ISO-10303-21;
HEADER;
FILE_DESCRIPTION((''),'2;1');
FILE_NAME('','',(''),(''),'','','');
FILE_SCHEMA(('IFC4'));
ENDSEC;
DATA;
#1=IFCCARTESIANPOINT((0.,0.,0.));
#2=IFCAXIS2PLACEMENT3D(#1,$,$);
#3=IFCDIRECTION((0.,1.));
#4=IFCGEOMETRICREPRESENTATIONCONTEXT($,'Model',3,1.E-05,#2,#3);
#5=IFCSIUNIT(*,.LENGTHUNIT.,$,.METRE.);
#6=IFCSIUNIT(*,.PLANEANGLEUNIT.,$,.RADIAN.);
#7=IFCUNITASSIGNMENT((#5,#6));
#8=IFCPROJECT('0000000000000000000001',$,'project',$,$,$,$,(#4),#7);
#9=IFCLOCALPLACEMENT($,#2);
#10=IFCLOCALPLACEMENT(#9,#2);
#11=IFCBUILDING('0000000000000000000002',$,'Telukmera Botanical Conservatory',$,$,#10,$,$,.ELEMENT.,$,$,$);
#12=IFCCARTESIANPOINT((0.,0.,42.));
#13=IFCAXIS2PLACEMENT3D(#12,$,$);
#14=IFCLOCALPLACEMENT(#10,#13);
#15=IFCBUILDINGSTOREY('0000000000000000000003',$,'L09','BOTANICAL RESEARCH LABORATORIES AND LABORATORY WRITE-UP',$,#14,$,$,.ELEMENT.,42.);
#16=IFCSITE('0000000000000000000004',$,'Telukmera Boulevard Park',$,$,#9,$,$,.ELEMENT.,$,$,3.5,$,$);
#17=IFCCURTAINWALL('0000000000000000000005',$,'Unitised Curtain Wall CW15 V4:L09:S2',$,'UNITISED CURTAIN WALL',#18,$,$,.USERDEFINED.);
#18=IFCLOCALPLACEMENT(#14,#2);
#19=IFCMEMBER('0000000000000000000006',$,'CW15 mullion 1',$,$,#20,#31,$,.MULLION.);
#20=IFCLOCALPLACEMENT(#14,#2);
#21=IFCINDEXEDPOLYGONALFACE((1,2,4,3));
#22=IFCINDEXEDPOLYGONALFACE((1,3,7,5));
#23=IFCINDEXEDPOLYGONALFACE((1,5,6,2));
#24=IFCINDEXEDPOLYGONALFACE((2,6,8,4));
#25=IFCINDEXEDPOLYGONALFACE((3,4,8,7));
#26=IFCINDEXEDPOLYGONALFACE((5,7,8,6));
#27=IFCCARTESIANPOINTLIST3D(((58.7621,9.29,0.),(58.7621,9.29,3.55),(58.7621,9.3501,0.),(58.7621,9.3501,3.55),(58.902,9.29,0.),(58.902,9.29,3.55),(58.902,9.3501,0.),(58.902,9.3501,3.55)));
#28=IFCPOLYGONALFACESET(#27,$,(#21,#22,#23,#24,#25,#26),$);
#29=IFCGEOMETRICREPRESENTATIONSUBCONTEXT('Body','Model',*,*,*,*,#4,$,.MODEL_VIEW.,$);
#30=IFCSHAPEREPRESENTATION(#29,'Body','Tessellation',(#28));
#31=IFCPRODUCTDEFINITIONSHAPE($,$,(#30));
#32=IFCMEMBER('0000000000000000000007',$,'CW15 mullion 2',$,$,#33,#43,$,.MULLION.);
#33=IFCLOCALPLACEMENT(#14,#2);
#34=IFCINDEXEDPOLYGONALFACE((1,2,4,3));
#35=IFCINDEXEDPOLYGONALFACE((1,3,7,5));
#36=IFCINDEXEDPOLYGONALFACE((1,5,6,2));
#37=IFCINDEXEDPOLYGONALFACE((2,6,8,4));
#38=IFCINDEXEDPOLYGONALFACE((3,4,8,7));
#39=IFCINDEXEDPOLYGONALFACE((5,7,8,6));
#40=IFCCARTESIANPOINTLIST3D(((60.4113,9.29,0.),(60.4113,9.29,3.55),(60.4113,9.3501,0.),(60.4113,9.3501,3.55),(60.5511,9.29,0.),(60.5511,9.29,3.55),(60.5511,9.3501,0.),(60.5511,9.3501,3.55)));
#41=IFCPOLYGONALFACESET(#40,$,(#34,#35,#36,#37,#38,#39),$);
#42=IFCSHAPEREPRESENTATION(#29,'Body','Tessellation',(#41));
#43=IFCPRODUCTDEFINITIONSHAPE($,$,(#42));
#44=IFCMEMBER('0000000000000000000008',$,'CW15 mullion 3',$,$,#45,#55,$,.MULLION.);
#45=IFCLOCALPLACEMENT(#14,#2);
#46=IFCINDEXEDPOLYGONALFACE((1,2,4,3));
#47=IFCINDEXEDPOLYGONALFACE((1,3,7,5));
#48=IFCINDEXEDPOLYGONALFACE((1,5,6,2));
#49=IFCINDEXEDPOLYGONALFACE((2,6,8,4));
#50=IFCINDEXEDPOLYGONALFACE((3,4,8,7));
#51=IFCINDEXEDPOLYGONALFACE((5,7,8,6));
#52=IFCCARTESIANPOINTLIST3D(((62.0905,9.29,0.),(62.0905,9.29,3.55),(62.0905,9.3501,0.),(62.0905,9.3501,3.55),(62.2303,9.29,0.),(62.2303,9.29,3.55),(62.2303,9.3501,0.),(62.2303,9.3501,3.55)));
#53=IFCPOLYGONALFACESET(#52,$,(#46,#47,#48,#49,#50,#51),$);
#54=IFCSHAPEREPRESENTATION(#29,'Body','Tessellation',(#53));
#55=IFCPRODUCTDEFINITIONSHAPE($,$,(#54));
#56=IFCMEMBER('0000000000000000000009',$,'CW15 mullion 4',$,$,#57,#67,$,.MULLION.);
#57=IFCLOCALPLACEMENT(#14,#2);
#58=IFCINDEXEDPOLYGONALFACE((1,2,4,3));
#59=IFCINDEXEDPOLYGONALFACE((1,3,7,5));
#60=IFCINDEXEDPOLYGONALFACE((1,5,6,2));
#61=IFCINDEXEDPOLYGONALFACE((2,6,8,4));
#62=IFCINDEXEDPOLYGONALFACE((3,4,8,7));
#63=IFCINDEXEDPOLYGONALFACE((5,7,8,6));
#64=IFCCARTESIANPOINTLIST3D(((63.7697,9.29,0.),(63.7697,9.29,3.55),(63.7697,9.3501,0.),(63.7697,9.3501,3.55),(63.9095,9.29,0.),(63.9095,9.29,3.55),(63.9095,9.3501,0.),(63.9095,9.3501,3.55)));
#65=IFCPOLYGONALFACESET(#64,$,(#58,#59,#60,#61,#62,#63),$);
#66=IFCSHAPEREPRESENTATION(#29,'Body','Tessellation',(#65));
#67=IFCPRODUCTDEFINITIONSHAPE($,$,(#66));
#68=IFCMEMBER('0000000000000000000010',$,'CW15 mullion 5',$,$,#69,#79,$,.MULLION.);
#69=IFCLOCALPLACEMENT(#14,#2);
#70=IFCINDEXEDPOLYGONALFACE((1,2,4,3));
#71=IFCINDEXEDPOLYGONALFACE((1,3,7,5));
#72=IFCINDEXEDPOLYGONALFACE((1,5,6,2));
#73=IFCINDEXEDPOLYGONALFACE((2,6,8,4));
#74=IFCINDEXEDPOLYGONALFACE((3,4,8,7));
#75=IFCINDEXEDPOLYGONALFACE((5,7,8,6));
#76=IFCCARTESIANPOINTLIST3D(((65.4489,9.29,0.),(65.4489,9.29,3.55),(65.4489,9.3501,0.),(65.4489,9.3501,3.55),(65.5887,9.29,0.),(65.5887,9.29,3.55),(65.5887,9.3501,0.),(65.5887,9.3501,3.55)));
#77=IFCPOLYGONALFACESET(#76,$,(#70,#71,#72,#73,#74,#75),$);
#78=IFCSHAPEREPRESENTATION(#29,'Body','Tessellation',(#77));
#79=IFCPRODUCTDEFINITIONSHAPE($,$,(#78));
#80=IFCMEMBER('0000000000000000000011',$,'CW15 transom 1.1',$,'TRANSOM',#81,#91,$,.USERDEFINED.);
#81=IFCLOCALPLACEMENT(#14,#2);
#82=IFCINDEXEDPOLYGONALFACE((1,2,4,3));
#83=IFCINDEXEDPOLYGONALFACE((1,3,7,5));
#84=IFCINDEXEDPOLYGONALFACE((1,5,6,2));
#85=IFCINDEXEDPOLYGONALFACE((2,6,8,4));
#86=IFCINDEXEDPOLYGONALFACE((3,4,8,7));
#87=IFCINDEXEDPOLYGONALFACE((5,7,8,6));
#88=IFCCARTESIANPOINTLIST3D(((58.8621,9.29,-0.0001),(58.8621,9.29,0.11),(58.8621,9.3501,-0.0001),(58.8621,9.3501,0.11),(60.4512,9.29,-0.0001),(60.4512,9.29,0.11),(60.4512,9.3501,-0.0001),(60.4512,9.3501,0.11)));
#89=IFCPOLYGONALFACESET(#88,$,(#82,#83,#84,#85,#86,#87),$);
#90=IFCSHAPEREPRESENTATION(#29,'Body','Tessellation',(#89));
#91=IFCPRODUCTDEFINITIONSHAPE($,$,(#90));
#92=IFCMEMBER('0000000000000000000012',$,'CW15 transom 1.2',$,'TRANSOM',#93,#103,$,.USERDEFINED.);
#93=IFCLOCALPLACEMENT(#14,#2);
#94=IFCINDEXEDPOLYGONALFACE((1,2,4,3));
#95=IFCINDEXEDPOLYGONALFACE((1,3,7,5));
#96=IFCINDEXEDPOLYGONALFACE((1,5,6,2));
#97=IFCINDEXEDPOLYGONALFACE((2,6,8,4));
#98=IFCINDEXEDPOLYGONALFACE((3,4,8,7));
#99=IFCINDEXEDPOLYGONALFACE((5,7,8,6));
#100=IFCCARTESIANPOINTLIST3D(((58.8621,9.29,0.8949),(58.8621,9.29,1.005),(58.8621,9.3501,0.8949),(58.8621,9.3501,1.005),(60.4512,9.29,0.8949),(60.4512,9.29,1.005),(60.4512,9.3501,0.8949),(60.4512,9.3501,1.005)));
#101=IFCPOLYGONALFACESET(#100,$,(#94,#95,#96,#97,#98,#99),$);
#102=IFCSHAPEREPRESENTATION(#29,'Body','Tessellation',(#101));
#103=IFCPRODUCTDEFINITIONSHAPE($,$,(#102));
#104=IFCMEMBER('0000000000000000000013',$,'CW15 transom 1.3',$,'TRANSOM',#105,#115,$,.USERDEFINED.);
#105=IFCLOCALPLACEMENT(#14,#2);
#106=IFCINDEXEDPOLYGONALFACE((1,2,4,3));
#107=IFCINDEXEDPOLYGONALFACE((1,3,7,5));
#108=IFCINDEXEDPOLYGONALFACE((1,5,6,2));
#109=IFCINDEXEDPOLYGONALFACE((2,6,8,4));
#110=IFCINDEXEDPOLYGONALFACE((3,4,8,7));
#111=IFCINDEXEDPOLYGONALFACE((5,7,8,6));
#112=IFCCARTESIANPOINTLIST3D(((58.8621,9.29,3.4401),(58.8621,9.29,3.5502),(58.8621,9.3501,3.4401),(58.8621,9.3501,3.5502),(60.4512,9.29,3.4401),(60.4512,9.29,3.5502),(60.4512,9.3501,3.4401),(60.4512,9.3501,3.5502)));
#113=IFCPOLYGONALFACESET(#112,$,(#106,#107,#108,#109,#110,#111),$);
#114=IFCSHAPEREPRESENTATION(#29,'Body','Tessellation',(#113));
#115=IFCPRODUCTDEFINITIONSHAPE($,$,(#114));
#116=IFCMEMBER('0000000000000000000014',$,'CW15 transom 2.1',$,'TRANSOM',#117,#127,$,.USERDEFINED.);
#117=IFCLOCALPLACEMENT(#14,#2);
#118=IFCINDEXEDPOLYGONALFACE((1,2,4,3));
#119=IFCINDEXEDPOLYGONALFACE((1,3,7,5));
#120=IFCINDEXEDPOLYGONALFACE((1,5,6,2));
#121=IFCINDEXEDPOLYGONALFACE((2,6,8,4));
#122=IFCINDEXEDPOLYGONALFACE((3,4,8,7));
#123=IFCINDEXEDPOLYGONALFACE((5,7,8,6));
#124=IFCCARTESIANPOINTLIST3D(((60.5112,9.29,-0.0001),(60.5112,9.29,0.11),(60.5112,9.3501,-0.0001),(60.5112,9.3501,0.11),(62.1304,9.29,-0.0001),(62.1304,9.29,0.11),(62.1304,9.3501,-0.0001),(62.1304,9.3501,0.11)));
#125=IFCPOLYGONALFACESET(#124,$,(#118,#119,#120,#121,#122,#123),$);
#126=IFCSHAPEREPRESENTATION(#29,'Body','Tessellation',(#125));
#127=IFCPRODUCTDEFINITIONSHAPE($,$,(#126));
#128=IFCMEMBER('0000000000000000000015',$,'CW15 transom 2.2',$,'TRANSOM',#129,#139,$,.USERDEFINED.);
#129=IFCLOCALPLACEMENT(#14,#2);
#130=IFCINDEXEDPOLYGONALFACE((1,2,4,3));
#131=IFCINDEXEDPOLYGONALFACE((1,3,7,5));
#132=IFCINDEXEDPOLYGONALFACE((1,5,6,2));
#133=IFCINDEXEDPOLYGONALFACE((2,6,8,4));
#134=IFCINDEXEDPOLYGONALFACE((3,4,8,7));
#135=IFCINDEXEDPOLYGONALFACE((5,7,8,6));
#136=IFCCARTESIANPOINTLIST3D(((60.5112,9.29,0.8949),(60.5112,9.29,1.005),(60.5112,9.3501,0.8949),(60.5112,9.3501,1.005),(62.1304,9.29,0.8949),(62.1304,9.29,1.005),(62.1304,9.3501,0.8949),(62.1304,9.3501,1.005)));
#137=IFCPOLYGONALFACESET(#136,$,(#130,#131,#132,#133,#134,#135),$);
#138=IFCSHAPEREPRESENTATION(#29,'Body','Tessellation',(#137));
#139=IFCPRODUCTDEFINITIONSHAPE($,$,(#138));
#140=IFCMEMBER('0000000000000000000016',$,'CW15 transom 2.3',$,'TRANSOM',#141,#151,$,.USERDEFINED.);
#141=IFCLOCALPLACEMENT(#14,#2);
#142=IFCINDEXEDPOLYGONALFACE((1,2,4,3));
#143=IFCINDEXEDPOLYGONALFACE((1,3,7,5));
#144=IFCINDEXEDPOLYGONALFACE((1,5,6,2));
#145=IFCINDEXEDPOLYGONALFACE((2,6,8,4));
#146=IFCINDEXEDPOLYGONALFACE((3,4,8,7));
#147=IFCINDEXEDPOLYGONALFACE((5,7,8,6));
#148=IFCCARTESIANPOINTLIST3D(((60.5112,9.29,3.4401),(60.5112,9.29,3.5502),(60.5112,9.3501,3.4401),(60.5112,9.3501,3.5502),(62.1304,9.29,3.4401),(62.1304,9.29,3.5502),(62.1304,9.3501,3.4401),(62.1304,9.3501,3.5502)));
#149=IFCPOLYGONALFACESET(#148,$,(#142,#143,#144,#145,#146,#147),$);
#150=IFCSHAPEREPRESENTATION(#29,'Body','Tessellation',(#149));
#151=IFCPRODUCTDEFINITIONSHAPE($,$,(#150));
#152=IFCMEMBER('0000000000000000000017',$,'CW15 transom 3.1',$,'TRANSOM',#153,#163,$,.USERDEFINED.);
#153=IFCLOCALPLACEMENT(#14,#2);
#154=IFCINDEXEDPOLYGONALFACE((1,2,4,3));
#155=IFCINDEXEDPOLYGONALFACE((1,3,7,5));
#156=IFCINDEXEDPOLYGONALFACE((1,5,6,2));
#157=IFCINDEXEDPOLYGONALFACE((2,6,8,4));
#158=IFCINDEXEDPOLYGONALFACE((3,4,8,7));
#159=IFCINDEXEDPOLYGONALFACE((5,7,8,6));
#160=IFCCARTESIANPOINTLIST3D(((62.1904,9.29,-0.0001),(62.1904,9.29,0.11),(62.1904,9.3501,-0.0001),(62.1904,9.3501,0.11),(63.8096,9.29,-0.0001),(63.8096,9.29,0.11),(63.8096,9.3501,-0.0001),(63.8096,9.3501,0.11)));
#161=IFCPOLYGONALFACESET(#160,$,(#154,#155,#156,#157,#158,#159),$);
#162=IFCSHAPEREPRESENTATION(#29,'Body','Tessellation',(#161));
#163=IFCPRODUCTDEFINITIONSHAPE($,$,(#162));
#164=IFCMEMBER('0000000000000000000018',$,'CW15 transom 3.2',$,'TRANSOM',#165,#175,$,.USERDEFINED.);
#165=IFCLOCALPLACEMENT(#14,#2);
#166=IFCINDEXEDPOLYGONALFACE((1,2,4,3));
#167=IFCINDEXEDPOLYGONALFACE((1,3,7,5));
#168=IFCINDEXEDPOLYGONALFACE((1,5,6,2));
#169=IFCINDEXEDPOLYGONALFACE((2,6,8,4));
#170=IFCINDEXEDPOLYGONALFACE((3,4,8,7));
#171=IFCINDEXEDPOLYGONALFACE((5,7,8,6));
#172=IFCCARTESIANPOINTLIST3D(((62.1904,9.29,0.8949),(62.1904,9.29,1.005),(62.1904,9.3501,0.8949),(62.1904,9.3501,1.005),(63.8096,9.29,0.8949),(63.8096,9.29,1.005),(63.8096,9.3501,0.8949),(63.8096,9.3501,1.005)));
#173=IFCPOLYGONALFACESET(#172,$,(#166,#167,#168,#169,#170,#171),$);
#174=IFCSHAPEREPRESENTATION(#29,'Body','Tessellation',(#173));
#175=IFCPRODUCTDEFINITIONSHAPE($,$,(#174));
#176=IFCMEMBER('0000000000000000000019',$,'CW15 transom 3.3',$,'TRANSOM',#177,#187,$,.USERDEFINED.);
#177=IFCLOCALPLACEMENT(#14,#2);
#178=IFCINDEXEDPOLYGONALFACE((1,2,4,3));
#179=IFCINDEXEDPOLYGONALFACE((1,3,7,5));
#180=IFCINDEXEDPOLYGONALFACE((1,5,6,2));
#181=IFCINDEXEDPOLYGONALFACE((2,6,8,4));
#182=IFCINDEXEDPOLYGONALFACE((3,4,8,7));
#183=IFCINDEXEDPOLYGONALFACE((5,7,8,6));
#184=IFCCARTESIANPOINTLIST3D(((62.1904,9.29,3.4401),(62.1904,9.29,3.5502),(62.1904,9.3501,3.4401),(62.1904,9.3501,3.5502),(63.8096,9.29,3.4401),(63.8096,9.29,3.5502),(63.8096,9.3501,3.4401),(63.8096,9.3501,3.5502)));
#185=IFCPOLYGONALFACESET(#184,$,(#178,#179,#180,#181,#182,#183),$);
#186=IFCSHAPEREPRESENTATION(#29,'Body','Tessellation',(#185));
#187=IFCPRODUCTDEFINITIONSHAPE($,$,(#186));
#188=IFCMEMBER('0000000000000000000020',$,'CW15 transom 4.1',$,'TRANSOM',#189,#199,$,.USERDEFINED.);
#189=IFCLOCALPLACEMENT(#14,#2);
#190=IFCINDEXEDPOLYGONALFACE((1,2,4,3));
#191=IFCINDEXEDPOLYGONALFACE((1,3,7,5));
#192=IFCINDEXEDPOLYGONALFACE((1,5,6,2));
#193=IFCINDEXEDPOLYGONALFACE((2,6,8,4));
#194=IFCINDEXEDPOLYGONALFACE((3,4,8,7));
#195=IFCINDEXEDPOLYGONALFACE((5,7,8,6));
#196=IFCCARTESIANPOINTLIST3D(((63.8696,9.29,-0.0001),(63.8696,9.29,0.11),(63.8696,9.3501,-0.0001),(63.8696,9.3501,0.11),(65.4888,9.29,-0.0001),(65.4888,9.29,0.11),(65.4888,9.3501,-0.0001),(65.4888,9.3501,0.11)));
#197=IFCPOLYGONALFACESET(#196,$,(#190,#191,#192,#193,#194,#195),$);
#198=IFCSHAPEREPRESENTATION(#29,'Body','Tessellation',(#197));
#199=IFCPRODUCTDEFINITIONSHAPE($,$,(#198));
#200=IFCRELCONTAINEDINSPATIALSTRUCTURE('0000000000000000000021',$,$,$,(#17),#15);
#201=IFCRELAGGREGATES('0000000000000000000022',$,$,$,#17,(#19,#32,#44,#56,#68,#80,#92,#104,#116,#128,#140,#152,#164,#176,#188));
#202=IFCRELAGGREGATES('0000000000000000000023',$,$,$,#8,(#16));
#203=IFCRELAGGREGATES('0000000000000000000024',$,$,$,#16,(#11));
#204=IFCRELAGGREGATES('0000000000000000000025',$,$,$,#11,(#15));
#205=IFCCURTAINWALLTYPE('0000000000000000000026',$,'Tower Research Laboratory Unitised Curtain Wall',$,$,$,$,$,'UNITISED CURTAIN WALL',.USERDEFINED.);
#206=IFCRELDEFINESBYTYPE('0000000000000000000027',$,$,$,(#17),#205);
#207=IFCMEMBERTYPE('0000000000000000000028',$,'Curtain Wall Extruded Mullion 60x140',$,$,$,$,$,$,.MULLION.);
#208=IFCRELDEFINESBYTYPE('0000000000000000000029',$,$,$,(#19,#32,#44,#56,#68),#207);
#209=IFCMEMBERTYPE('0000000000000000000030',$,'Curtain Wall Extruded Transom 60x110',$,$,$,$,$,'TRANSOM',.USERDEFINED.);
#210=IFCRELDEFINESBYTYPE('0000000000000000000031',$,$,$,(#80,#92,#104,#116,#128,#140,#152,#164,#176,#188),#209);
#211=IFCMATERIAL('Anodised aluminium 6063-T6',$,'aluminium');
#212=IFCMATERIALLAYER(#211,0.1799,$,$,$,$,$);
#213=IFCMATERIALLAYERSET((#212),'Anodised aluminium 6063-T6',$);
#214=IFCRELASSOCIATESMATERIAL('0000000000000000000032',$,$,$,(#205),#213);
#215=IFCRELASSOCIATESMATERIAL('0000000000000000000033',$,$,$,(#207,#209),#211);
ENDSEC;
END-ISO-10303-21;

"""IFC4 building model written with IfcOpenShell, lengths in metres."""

from ifc_helpers import new_model, si_unit, direction, frame, origin, origin_2d, place, context, subcontext, project, spatial, rectangle, extrude, material, layer, layer_set, material_profile, profile_set, type_object, element, aggregate, save


model = new_model("IFC4")

# Units and contexts
model_context = context("Model", 3, precision=1e-05, world=origin(), true_north=direction((0.0, 1.0)))
body_context = subcontext(model_context, "Body", "Model", "MODEL_VIEW")
ifc_project = project(units=[si_unit("LENGTHUNIT", "METRE"), si_unit("PLANEANGLEUNIT", "RADIAN")], contexts=[model_context])

# Site, building, storey
site_placement = place(None, origin())
site = spatial("IfcSite", under=ifc_project, at=site_placement, Name="Telukmera Boulevard Park", CompositionType="ELEMENT", RefElevation=3.5)
building_placement = place(site_placement, origin())
building = spatial("IfcBuilding", under=site, at=building_placement, Name="Telukmera Botanical Conservatory", CompositionType="ELEMENT")
storey_placement = place(building_placement, frame((0.0, 0.0, 42.0)))
storey = spatial("IfcBuildingStorey", under=building, at=storey_placement, Name="L09", Description="BOTANICAL RESEARCH LABORATORIES AND LABORATORY WRITE-UP", CompositionType="ELEMENT", Elevation=42.0)

# Curtain wall, members
ifc_material_1 = material(Name="Anodised aluminium 6063-T6", Category="aluminium")
ifc_layer_1 = layer(ifc_material_1, 0.1799)
ifc_layer_set_1 = layer_set([ifc_layer_1], Name="Anodised aluminium 6063-T6")
curtain_wall_type = type_object("IfcCurtainWallType", Name="Tower Research Laboratory Unitised Curtain Wall", ElementType="UNITISED CURTAIN WALL", PredefinedType="USERDEFINED", material=ifc_layer_set_1)
curtain_wall_placement = place(storey_placement, origin())
curtain_wall = element("IfcCurtainWall", 1, at=curtain_wall_placement, inside=storey, type_object=curtain_wall_type, Name="Unitised Curtain Wall CW15 V4:L09:S2", ObjectType="UNITISED CURTAIN WALL", PredefinedType="USERDEFINED")
ifc_material_profile_1 = material_profile(ifc_material_1, rectangle(XDim=0.0601, YDim=0.1399, at=origin_2d()), Name="ALU MULL 60x140")
ifc_profile_set_1 = profile_set([ifc_material_profile_1], Name="Anodised aluminium 6063-T6")
member_type_1 = type_object("IfcMemberType", Name="Curtain Wall Extruded Mullion 60x140", PredefinedType="MULLION", material=ifc_profile_set_1)
member_1_placement = place(storey_placement, frame((58.832, 9.3201, 0.0), z_axis=(0.0, 0.0, 1.0), x_axis=(0.0, 1.0, 0.0)))
member_1 = element("IfcMember", 2, at=member_1_placement, type_object=member_type_1, Name="CW15 mullion 1", PredefinedType="MULLION", context=body_context, shape_type="SweptSolid", body=[
    extrude(rectangle(XDim=0.0601, YDim=0.1399, at=origin_2d()), origin(), (0.0, 0.0, 1.0), 3.55),
])
member_2_placement = place(storey_placement, frame((60.4812, 9.3201, 0.0), z_axis=(0.0, 0.0, 1.0), x_axis=(0.0, 1.0, 0.0)))
member_2 = element("IfcMember", 3, at=member_2_placement, type_object=member_type_1, Name="CW15 mullion 2", PredefinedType="MULLION", context=body_context, shape_type="SweptSolid", body=[
    extrude(rectangle(XDim=0.0601, YDim=0.1399, at=origin_2d()), origin(), (0.0, 0.0, 1.0), 3.55),
])
member_3_placement = place(storey_placement, frame((62.1604, 9.3201, 0.0), z_axis=(0.0, 0.0, 1.0), x_axis=(0.0, 1.0, 0.0)))
member_3 = element("IfcMember", 4, at=member_3_placement, type_object=member_type_1, Name="CW15 mullion 3", PredefinedType="MULLION", context=body_context, shape_type="SweptSolid", body=[
    extrude(rectangle(XDim=0.0601, YDim=0.1399, at=origin_2d()), origin(), (0.0, 0.0, 1.0), 3.55),
])
member_4_placement = place(storey_placement, frame((63.8396, 9.3201, 0.0), z_axis=(0.0, 0.0, 1.0), x_axis=(0.0, 1.0, 0.0)))
member_4 = element("IfcMember", 5, at=member_4_placement, type_object=member_type_1, Name="CW15 mullion 4", PredefinedType="MULLION", context=body_context, shape_type="SweptSolid", body=[
    extrude(rectangle(XDim=0.0601, YDim=0.1399, at=origin_2d()), origin(), (0.0, 0.0, 1.0), 3.55),
])
member_5_placement = place(storey_placement, frame((65.5188, 9.3201, 0.0), z_axis=(0.0, 0.0, 1.0), x_axis=(0.0, 1.0, 0.0)))
member_5 = element("IfcMember", 6, at=member_5_placement, type_object=member_type_1, Name="CW15 mullion 5", PredefinedType="MULLION", context=body_context, shape_type="SweptSolid", body=[
    extrude(rectangle(XDim=0.0601, YDim=0.1399, at=origin_2d()), origin(), (0.0, 0.0, 1.0), 3.55),
])
ifc_material_profile_2 = material_profile(ifc_material_1, rectangle(XDim=0.0601, YDim=0.1101, at=origin_2d()), Name="ALU TRAN 60x110")
ifc_profile_set_2 = profile_set([ifc_material_profile_2], Name="Anodised aluminium 6063-T6")
member_type_2 = type_object("IfcMemberType", Name="Curtain Wall Extruded Transom 60x110", ElementType="TRANSOM", PredefinedType="USERDEFINED", material=ifc_profile_set_2)
member_6_placement = place(storey_placement, frame((58.8621, 9.3201, 0.0549), z_axis=(1.0, 0.0, 0.0), x_axis=(0.0, 1.0, 0.0)))
member_6 = element("IfcMember", 7, at=member_6_placement, type_object=member_type_2, Name="CW15 transom 1.1", ObjectType="TRANSOM", PredefinedType="USERDEFINED", context=body_context, shape_type="SweptSolid", body=[
    extrude(rectangle(XDim=0.0601, YDim=0.1101, at=origin_2d()), origin(), (0.0, 0.0, 1.0), 1.5891),
])
member_7_placement = place(storey_placement, frame((58.8621, 9.3201, 0.95), z_axis=(1.0, 0.0, 0.0), x_axis=(0.0, 1.0, 0.0)))
member_7 = element("IfcMember", 8, at=member_7_placement, type_object=member_type_2, Name="CW15 transom 1.2", ObjectType="TRANSOM", PredefinedType="USERDEFINED", context=body_context, shape_type="SweptSolid", body=[
    extrude(rectangle(XDim=0.0601, YDim=0.1101, at=origin_2d()), origin(), (0.0, 0.0, 1.0), 1.5891),
])
member_8_placement = place(storey_placement, frame((58.8621, 9.3201, 3.4951), z_axis=(1.0, 0.0, 0.0), x_axis=(0.0, 1.0, 0.0)))
member_8 = element("IfcMember", 9, at=member_8_placement, type_object=member_type_2, Name="CW15 transom 1.3", ObjectType="TRANSOM", PredefinedType="USERDEFINED", context=body_context, shape_type="SweptSolid", body=[
    extrude(rectangle(XDim=0.0601, YDim=0.1101, at=origin_2d()), origin(), (0.0, 0.0, 1.0), 1.5891),
])
member_9_placement = place(storey_placement, frame((60.5112, 9.3201, 0.0549), z_axis=(1.0, 0.0, 0.0), x_axis=(0.0, 1.0, 0.0)))
member_9 = element("IfcMember", 10, at=member_9_placement, type_object=member_type_2, Name="CW15 transom 2.1", ObjectType="TRANSOM", PredefinedType="USERDEFINED", context=body_context, shape_type="SweptSolid", body=[
    extrude(rectangle(XDim=0.0601, YDim=0.1101, at=origin_2d()), origin(), (0.0, 0.0, 1.0), 1.6191),
])
member_10_placement = place(storey_placement, frame((60.5112, 9.3201, 0.95), z_axis=(1.0, 0.0, 0.0), x_axis=(0.0, 1.0, 0.0)))
member_10 = element("IfcMember", 11, at=member_10_placement, type_object=member_type_2, Name="CW15 transom 2.2", ObjectType="TRANSOM", PredefinedType="USERDEFINED", context=body_context, shape_type="SweptSolid", body=[
    extrude(rectangle(XDim=0.0601, YDim=0.1101, at=origin_2d()), origin(), (0.0, 0.0, 1.0), 1.6191),
])
member_11_placement = place(storey_placement, frame((60.5112, 9.3201, 3.4951), z_axis=(1.0, 0.0, 0.0), x_axis=(0.0, 1.0, 0.0)))
member_11 = element("IfcMember", 12, at=member_11_placement, type_object=member_type_2, Name="CW15 transom 2.3", ObjectType="TRANSOM", PredefinedType="USERDEFINED", context=body_context, shape_type="SweptSolid", body=[
    extrude(rectangle(XDim=0.0601, YDim=0.1101, at=origin_2d()), origin(), (0.0, 0.0, 1.0), 1.6191),
])
member_12_placement = place(storey_placement, frame((62.1904, 9.3201, 0.0549), z_axis=(1.0, 0.0, 0.0), x_axis=(0.0, 1.0, 0.0)))
member_12 = element("IfcMember", 13, at=member_12_placement, type_object=member_type_2, Name="CW15 transom 3.1", ObjectType="TRANSOM", PredefinedType="USERDEFINED", context=body_context, shape_type="SweptSolid", body=[
    extrude(rectangle(XDim=0.0601, YDim=0.1101, at=origin_2d()), origin(), (0.0, 0.0, 1.0), 1.6191),
])
member_13_placement = place(storey_placement, frame((62.1904, 9.3201, 0.95), z_axis=(1.0, 0.0, 0.0), x_axis=(0.0, 1.0, 0.0)))
member_13 = element("IfcMember", 14, at=member_13_placement, type_object=member_type_2, Name="CW15 transom 3.2", ObjectType="TRANSOM", PredefinedType="USERDEFINED", context=body_context, shape_type="SweptSolid", body=[
    extrude(rectangle(XDim=0.0601, YDim=0.1101, at=origin_2d()), origin(), (0.0, 0.0, 1.0), 1.6191),
])
member_14_placement = place(storey_placement, frame((62.1904, 9.3201, 3.4951), z_axis=(1.0, 0.0, 0.0), x_axis=(0.0, 1.0, 0.0)))
member_14 = element("IfcMember", 15, at=member_14_placement, type_object=member_type_2, Name="CW15 transom 3.3", ObjectType="TRANSOM", PredefinedType="USERDEFINED", context=body_context, shape_type="SweptSolid", body=[
    extrude(rectangle(XDim=0.0601, YDim=0.1101, at=origin_2d()), origin(), (0.0, 0.0, 1.0), 1.6191),
])
member_15_placement = place(storey_placement, frame((63.8696, 9.3201, 0.0549), z_axis=(1.0, 0.0, 0.0), x_axis=(0.0, 1.0, 0.0)))
member_15 = element("IfcMember", 16, at=member_15_placement, type_object=member_type_2, Name="CW15 transom 4.1", ObjectType="TRANSOM", PredefinedType="USERDEFINED", context=body_context, shape_type="SweptSolid", body=[
    extrude(rectangle(XDim=0.0601, YDim=0.1101, at=origin_2d()), origin(), (0.0, 0.0, 1.0), 1.6191),
])
aggregate(curtain_wall, [member_1, member_2, member_3, member_4, member_5, member_6, member_7, member_8, member_9, member_10, member_11, member_12, member_13, member_14, member_15])

save(model, "model.ifc")
